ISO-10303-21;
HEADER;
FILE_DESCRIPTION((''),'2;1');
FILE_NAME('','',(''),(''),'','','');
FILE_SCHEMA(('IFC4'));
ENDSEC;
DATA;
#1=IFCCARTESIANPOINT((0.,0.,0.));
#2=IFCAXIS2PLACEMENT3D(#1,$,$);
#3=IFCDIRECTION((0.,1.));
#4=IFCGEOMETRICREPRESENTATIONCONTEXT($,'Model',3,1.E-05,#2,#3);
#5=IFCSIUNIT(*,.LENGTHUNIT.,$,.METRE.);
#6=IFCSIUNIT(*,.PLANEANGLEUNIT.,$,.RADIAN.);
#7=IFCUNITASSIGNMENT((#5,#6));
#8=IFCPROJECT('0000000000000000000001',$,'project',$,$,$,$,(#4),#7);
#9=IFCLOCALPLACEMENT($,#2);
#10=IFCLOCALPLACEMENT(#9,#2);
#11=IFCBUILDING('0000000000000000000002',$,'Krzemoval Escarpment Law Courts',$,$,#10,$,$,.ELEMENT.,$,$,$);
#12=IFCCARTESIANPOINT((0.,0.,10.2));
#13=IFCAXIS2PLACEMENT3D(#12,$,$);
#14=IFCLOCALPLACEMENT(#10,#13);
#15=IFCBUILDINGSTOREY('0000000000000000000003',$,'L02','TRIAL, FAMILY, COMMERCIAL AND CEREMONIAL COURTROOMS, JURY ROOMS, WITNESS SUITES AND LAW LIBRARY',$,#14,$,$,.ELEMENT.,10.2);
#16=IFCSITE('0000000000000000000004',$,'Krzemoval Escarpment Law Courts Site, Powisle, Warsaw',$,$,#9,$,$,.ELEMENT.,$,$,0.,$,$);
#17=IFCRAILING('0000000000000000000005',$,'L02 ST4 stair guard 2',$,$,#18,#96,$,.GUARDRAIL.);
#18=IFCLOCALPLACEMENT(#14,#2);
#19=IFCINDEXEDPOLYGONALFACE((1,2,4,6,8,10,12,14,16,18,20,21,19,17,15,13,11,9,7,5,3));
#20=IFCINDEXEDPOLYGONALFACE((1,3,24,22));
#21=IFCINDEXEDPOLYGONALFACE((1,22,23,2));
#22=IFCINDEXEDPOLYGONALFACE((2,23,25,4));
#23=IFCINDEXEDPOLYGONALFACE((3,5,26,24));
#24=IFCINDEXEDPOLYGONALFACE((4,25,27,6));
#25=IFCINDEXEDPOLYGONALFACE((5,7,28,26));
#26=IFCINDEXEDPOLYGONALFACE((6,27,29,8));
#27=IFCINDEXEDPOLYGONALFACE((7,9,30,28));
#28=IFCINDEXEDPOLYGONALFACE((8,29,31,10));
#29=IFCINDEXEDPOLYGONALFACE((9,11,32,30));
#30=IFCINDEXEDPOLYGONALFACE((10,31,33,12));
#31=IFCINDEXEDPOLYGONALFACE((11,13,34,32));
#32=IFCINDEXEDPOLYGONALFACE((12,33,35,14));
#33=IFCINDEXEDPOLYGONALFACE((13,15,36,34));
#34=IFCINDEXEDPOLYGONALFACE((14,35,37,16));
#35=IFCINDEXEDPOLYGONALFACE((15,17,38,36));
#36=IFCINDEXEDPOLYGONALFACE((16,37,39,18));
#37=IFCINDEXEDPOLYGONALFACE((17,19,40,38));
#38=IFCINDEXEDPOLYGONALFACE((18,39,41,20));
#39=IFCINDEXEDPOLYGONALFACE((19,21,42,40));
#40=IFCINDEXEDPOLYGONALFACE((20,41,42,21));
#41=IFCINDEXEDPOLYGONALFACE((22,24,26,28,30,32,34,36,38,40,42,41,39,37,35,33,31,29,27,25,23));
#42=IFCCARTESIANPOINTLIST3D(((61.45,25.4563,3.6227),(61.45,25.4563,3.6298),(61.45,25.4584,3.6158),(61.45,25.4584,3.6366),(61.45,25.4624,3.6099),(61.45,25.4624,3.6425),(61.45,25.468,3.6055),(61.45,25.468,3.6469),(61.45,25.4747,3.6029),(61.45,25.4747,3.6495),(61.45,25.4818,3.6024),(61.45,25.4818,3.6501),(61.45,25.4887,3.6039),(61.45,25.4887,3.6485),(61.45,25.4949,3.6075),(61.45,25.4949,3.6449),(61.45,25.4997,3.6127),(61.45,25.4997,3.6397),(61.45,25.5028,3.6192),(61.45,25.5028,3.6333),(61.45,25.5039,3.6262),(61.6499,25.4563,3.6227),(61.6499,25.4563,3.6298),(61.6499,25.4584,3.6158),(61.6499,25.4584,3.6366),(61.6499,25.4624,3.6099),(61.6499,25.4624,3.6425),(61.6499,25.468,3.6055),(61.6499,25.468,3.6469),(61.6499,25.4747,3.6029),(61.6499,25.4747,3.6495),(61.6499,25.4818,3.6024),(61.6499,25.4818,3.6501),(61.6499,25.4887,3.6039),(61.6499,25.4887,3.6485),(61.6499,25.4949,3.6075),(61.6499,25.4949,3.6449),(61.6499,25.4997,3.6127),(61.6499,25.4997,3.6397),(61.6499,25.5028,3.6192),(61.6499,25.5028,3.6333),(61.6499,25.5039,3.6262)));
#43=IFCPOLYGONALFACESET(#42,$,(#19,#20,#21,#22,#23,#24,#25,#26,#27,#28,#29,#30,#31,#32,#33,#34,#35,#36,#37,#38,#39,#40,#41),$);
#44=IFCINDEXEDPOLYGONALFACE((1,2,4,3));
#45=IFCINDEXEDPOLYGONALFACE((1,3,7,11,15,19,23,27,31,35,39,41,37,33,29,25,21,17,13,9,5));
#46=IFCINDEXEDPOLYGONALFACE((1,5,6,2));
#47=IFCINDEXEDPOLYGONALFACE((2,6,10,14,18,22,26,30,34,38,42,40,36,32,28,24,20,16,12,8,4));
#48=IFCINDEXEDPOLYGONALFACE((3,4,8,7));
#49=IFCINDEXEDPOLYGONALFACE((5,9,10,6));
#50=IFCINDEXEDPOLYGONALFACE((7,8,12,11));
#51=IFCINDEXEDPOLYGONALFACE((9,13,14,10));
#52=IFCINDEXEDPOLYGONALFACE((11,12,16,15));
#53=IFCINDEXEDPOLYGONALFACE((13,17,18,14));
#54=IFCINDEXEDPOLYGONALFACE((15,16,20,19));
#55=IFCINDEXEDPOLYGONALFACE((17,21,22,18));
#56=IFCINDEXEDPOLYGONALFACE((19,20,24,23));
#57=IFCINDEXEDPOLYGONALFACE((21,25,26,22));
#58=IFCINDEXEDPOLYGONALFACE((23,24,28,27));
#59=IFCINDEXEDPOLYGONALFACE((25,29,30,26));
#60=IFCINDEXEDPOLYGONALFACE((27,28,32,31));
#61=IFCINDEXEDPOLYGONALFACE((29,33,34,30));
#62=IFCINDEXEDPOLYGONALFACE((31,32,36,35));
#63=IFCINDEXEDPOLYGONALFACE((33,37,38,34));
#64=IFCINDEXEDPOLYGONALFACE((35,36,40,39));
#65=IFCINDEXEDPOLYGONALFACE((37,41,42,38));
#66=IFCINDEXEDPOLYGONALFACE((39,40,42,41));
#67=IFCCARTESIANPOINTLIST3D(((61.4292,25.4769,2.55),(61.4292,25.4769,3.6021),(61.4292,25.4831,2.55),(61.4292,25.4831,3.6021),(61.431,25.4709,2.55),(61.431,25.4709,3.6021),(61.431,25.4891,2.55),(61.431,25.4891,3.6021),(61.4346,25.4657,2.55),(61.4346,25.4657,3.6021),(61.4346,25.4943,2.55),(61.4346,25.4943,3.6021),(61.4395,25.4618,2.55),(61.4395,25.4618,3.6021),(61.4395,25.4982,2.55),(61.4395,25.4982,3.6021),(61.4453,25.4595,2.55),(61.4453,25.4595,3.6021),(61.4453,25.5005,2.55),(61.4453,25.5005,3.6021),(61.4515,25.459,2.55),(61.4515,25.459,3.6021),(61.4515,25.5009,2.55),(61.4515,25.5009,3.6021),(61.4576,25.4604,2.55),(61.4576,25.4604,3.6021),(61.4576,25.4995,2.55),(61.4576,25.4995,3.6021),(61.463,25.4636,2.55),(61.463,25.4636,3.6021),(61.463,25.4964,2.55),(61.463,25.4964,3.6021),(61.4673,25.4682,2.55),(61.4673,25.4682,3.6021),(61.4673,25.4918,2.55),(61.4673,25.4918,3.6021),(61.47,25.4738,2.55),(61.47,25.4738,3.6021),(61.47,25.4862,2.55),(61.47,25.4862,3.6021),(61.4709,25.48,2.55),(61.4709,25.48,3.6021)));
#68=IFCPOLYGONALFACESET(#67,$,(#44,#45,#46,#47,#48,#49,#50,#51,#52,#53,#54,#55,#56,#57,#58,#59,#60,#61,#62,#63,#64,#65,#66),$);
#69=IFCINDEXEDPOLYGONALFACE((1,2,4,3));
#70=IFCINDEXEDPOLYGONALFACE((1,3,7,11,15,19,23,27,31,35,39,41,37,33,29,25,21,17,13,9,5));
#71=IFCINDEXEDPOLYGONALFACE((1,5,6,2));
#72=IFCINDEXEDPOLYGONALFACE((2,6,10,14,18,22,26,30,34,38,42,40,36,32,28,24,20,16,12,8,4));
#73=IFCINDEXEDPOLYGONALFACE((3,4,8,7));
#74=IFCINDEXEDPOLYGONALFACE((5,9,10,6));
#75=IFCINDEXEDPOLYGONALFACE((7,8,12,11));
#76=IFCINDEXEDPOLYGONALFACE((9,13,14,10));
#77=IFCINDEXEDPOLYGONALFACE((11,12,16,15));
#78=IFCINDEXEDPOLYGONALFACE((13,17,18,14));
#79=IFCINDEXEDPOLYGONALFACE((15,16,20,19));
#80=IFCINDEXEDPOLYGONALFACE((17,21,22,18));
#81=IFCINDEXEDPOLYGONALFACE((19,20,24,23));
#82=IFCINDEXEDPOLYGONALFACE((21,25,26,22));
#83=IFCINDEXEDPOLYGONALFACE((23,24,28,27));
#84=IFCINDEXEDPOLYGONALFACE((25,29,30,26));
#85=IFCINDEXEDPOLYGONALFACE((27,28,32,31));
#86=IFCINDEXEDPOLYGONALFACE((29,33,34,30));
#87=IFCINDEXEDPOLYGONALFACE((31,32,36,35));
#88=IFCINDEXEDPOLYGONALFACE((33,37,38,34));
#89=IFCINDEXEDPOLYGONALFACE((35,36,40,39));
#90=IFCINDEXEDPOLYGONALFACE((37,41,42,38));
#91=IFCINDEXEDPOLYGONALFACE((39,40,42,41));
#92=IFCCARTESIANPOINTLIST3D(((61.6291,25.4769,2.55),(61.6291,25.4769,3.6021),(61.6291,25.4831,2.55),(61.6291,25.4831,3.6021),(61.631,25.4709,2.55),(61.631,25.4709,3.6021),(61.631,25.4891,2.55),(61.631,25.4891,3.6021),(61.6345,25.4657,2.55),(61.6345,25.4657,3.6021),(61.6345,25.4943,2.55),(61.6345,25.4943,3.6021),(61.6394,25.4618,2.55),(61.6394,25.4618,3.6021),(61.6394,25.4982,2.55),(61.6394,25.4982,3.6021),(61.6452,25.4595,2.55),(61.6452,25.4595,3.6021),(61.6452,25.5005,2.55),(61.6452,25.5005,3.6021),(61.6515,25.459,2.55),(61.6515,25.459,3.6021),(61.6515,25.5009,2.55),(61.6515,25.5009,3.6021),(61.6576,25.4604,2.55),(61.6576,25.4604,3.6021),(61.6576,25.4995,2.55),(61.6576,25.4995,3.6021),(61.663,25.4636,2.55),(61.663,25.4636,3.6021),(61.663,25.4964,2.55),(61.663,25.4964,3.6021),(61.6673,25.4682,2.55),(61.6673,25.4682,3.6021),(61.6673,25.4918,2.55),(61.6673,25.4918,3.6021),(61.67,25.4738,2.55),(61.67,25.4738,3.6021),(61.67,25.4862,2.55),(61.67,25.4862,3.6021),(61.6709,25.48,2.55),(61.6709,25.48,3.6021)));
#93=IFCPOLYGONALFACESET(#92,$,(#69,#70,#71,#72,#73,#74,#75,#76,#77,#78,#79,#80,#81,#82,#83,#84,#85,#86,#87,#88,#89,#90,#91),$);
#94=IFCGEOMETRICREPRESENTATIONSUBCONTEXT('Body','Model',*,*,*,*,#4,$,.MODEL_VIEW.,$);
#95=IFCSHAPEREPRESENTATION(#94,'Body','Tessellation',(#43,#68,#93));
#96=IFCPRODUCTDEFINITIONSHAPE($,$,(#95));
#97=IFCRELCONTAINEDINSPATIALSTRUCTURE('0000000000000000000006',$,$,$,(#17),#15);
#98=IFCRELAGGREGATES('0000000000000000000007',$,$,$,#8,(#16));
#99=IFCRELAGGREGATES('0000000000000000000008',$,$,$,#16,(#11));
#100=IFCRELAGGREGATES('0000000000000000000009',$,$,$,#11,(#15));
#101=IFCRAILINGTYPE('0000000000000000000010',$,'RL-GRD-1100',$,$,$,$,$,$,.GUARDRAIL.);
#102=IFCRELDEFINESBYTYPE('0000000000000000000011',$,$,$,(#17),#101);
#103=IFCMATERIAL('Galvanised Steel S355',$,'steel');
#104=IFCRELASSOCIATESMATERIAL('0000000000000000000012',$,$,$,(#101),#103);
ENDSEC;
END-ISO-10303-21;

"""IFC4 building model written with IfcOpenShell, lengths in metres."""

from ifc_helpers import new_model, si_unit, direction, frame, origin, origin_2d, place, context, subcontext, project, spatial, circle, extrude, material, type_object, element, save


model = new_model("IFC4")

# Units and contexts
model_context = context("Model", 3, precision=1e-05, world=origin(), true_north=direction((0.0, 1.0)))
body_context = subcontext(model_context, "Body", "Model", "MODEL_VIEW")
ifc_project = project(units=[si_unit("LENGTHUNIT", "METRE"), si_unit("PLANEANGLEUNIT", "RADIAN")], contexts=[model_context])

# Site, building, storey
site_placement = place(None, origin())
site = spatial("IfcSite", under=ifc_project, at=site_placement, Name="Krzemoval Escarpment Law Courts Site, Powisle, Warsaw", CompositionType="ELEMENT", RefElevation=0.0)
building_placement = place(site_placement, origin())
building = spatial("IfcBuilding", under=site, at=building_placement, Name="Krzemoval Escarpment Law Courts", CompositionType="ELEMENT")
storey_placement = place(building_placement, frame((0.0, 0.0, 10.2)))
storey = spatial("IfcBuildingStorey", under=building, at=storey_placement, Name="L02", Description="TRIAL, FAMILY, COMMERCIAL AND CEREMONIAL COURTROOMS, JURY ROOMS, WITNESS SUITES AND LAW LIBRARY", CompositionType="ELEMENT", Elevation=10.2)

# Railing
ifc_material_1 = material(Name="Galvanised Steel S355", Category="steel")
railing_type = type_object("IfcRailingType", Name="RL-GRD-1100", PredefinedType="GUARDRAIL", material=ifc_material_1)
railing_placement = place(storey_placement, frame((61.45, 25.48, 2.55)))
element("IfcRailing", 1, at=railing_placement, inside=storey, type_object=railing_type, Name="L02 ST4 stair guard 2", PredefinedType="GUARDRAIL", context=body_context, shape_type="SweptSolid", body=[
    extrude(circle(Radius=0.0239, at=origin_2d()), frame((0.0, 0.0, 1.0762), z_axis=(1.0, 0.0, 0.0), x_axis=(0.0, 1.0, 0.0)), (0.0, 0.0, 1.0), 0.2),
    extrude(circle(Radius=0.021, at=origin_2d()), origin(), (0.0, 0.0, 1.0), 1.052),
    extrude(circle(Radius=0.021, at=origin_2d()), frame((0.2, 0.0, 0.0)), (0.0, 0.0, 1.0), 1.052),
])

save(model, "model.ifc")
